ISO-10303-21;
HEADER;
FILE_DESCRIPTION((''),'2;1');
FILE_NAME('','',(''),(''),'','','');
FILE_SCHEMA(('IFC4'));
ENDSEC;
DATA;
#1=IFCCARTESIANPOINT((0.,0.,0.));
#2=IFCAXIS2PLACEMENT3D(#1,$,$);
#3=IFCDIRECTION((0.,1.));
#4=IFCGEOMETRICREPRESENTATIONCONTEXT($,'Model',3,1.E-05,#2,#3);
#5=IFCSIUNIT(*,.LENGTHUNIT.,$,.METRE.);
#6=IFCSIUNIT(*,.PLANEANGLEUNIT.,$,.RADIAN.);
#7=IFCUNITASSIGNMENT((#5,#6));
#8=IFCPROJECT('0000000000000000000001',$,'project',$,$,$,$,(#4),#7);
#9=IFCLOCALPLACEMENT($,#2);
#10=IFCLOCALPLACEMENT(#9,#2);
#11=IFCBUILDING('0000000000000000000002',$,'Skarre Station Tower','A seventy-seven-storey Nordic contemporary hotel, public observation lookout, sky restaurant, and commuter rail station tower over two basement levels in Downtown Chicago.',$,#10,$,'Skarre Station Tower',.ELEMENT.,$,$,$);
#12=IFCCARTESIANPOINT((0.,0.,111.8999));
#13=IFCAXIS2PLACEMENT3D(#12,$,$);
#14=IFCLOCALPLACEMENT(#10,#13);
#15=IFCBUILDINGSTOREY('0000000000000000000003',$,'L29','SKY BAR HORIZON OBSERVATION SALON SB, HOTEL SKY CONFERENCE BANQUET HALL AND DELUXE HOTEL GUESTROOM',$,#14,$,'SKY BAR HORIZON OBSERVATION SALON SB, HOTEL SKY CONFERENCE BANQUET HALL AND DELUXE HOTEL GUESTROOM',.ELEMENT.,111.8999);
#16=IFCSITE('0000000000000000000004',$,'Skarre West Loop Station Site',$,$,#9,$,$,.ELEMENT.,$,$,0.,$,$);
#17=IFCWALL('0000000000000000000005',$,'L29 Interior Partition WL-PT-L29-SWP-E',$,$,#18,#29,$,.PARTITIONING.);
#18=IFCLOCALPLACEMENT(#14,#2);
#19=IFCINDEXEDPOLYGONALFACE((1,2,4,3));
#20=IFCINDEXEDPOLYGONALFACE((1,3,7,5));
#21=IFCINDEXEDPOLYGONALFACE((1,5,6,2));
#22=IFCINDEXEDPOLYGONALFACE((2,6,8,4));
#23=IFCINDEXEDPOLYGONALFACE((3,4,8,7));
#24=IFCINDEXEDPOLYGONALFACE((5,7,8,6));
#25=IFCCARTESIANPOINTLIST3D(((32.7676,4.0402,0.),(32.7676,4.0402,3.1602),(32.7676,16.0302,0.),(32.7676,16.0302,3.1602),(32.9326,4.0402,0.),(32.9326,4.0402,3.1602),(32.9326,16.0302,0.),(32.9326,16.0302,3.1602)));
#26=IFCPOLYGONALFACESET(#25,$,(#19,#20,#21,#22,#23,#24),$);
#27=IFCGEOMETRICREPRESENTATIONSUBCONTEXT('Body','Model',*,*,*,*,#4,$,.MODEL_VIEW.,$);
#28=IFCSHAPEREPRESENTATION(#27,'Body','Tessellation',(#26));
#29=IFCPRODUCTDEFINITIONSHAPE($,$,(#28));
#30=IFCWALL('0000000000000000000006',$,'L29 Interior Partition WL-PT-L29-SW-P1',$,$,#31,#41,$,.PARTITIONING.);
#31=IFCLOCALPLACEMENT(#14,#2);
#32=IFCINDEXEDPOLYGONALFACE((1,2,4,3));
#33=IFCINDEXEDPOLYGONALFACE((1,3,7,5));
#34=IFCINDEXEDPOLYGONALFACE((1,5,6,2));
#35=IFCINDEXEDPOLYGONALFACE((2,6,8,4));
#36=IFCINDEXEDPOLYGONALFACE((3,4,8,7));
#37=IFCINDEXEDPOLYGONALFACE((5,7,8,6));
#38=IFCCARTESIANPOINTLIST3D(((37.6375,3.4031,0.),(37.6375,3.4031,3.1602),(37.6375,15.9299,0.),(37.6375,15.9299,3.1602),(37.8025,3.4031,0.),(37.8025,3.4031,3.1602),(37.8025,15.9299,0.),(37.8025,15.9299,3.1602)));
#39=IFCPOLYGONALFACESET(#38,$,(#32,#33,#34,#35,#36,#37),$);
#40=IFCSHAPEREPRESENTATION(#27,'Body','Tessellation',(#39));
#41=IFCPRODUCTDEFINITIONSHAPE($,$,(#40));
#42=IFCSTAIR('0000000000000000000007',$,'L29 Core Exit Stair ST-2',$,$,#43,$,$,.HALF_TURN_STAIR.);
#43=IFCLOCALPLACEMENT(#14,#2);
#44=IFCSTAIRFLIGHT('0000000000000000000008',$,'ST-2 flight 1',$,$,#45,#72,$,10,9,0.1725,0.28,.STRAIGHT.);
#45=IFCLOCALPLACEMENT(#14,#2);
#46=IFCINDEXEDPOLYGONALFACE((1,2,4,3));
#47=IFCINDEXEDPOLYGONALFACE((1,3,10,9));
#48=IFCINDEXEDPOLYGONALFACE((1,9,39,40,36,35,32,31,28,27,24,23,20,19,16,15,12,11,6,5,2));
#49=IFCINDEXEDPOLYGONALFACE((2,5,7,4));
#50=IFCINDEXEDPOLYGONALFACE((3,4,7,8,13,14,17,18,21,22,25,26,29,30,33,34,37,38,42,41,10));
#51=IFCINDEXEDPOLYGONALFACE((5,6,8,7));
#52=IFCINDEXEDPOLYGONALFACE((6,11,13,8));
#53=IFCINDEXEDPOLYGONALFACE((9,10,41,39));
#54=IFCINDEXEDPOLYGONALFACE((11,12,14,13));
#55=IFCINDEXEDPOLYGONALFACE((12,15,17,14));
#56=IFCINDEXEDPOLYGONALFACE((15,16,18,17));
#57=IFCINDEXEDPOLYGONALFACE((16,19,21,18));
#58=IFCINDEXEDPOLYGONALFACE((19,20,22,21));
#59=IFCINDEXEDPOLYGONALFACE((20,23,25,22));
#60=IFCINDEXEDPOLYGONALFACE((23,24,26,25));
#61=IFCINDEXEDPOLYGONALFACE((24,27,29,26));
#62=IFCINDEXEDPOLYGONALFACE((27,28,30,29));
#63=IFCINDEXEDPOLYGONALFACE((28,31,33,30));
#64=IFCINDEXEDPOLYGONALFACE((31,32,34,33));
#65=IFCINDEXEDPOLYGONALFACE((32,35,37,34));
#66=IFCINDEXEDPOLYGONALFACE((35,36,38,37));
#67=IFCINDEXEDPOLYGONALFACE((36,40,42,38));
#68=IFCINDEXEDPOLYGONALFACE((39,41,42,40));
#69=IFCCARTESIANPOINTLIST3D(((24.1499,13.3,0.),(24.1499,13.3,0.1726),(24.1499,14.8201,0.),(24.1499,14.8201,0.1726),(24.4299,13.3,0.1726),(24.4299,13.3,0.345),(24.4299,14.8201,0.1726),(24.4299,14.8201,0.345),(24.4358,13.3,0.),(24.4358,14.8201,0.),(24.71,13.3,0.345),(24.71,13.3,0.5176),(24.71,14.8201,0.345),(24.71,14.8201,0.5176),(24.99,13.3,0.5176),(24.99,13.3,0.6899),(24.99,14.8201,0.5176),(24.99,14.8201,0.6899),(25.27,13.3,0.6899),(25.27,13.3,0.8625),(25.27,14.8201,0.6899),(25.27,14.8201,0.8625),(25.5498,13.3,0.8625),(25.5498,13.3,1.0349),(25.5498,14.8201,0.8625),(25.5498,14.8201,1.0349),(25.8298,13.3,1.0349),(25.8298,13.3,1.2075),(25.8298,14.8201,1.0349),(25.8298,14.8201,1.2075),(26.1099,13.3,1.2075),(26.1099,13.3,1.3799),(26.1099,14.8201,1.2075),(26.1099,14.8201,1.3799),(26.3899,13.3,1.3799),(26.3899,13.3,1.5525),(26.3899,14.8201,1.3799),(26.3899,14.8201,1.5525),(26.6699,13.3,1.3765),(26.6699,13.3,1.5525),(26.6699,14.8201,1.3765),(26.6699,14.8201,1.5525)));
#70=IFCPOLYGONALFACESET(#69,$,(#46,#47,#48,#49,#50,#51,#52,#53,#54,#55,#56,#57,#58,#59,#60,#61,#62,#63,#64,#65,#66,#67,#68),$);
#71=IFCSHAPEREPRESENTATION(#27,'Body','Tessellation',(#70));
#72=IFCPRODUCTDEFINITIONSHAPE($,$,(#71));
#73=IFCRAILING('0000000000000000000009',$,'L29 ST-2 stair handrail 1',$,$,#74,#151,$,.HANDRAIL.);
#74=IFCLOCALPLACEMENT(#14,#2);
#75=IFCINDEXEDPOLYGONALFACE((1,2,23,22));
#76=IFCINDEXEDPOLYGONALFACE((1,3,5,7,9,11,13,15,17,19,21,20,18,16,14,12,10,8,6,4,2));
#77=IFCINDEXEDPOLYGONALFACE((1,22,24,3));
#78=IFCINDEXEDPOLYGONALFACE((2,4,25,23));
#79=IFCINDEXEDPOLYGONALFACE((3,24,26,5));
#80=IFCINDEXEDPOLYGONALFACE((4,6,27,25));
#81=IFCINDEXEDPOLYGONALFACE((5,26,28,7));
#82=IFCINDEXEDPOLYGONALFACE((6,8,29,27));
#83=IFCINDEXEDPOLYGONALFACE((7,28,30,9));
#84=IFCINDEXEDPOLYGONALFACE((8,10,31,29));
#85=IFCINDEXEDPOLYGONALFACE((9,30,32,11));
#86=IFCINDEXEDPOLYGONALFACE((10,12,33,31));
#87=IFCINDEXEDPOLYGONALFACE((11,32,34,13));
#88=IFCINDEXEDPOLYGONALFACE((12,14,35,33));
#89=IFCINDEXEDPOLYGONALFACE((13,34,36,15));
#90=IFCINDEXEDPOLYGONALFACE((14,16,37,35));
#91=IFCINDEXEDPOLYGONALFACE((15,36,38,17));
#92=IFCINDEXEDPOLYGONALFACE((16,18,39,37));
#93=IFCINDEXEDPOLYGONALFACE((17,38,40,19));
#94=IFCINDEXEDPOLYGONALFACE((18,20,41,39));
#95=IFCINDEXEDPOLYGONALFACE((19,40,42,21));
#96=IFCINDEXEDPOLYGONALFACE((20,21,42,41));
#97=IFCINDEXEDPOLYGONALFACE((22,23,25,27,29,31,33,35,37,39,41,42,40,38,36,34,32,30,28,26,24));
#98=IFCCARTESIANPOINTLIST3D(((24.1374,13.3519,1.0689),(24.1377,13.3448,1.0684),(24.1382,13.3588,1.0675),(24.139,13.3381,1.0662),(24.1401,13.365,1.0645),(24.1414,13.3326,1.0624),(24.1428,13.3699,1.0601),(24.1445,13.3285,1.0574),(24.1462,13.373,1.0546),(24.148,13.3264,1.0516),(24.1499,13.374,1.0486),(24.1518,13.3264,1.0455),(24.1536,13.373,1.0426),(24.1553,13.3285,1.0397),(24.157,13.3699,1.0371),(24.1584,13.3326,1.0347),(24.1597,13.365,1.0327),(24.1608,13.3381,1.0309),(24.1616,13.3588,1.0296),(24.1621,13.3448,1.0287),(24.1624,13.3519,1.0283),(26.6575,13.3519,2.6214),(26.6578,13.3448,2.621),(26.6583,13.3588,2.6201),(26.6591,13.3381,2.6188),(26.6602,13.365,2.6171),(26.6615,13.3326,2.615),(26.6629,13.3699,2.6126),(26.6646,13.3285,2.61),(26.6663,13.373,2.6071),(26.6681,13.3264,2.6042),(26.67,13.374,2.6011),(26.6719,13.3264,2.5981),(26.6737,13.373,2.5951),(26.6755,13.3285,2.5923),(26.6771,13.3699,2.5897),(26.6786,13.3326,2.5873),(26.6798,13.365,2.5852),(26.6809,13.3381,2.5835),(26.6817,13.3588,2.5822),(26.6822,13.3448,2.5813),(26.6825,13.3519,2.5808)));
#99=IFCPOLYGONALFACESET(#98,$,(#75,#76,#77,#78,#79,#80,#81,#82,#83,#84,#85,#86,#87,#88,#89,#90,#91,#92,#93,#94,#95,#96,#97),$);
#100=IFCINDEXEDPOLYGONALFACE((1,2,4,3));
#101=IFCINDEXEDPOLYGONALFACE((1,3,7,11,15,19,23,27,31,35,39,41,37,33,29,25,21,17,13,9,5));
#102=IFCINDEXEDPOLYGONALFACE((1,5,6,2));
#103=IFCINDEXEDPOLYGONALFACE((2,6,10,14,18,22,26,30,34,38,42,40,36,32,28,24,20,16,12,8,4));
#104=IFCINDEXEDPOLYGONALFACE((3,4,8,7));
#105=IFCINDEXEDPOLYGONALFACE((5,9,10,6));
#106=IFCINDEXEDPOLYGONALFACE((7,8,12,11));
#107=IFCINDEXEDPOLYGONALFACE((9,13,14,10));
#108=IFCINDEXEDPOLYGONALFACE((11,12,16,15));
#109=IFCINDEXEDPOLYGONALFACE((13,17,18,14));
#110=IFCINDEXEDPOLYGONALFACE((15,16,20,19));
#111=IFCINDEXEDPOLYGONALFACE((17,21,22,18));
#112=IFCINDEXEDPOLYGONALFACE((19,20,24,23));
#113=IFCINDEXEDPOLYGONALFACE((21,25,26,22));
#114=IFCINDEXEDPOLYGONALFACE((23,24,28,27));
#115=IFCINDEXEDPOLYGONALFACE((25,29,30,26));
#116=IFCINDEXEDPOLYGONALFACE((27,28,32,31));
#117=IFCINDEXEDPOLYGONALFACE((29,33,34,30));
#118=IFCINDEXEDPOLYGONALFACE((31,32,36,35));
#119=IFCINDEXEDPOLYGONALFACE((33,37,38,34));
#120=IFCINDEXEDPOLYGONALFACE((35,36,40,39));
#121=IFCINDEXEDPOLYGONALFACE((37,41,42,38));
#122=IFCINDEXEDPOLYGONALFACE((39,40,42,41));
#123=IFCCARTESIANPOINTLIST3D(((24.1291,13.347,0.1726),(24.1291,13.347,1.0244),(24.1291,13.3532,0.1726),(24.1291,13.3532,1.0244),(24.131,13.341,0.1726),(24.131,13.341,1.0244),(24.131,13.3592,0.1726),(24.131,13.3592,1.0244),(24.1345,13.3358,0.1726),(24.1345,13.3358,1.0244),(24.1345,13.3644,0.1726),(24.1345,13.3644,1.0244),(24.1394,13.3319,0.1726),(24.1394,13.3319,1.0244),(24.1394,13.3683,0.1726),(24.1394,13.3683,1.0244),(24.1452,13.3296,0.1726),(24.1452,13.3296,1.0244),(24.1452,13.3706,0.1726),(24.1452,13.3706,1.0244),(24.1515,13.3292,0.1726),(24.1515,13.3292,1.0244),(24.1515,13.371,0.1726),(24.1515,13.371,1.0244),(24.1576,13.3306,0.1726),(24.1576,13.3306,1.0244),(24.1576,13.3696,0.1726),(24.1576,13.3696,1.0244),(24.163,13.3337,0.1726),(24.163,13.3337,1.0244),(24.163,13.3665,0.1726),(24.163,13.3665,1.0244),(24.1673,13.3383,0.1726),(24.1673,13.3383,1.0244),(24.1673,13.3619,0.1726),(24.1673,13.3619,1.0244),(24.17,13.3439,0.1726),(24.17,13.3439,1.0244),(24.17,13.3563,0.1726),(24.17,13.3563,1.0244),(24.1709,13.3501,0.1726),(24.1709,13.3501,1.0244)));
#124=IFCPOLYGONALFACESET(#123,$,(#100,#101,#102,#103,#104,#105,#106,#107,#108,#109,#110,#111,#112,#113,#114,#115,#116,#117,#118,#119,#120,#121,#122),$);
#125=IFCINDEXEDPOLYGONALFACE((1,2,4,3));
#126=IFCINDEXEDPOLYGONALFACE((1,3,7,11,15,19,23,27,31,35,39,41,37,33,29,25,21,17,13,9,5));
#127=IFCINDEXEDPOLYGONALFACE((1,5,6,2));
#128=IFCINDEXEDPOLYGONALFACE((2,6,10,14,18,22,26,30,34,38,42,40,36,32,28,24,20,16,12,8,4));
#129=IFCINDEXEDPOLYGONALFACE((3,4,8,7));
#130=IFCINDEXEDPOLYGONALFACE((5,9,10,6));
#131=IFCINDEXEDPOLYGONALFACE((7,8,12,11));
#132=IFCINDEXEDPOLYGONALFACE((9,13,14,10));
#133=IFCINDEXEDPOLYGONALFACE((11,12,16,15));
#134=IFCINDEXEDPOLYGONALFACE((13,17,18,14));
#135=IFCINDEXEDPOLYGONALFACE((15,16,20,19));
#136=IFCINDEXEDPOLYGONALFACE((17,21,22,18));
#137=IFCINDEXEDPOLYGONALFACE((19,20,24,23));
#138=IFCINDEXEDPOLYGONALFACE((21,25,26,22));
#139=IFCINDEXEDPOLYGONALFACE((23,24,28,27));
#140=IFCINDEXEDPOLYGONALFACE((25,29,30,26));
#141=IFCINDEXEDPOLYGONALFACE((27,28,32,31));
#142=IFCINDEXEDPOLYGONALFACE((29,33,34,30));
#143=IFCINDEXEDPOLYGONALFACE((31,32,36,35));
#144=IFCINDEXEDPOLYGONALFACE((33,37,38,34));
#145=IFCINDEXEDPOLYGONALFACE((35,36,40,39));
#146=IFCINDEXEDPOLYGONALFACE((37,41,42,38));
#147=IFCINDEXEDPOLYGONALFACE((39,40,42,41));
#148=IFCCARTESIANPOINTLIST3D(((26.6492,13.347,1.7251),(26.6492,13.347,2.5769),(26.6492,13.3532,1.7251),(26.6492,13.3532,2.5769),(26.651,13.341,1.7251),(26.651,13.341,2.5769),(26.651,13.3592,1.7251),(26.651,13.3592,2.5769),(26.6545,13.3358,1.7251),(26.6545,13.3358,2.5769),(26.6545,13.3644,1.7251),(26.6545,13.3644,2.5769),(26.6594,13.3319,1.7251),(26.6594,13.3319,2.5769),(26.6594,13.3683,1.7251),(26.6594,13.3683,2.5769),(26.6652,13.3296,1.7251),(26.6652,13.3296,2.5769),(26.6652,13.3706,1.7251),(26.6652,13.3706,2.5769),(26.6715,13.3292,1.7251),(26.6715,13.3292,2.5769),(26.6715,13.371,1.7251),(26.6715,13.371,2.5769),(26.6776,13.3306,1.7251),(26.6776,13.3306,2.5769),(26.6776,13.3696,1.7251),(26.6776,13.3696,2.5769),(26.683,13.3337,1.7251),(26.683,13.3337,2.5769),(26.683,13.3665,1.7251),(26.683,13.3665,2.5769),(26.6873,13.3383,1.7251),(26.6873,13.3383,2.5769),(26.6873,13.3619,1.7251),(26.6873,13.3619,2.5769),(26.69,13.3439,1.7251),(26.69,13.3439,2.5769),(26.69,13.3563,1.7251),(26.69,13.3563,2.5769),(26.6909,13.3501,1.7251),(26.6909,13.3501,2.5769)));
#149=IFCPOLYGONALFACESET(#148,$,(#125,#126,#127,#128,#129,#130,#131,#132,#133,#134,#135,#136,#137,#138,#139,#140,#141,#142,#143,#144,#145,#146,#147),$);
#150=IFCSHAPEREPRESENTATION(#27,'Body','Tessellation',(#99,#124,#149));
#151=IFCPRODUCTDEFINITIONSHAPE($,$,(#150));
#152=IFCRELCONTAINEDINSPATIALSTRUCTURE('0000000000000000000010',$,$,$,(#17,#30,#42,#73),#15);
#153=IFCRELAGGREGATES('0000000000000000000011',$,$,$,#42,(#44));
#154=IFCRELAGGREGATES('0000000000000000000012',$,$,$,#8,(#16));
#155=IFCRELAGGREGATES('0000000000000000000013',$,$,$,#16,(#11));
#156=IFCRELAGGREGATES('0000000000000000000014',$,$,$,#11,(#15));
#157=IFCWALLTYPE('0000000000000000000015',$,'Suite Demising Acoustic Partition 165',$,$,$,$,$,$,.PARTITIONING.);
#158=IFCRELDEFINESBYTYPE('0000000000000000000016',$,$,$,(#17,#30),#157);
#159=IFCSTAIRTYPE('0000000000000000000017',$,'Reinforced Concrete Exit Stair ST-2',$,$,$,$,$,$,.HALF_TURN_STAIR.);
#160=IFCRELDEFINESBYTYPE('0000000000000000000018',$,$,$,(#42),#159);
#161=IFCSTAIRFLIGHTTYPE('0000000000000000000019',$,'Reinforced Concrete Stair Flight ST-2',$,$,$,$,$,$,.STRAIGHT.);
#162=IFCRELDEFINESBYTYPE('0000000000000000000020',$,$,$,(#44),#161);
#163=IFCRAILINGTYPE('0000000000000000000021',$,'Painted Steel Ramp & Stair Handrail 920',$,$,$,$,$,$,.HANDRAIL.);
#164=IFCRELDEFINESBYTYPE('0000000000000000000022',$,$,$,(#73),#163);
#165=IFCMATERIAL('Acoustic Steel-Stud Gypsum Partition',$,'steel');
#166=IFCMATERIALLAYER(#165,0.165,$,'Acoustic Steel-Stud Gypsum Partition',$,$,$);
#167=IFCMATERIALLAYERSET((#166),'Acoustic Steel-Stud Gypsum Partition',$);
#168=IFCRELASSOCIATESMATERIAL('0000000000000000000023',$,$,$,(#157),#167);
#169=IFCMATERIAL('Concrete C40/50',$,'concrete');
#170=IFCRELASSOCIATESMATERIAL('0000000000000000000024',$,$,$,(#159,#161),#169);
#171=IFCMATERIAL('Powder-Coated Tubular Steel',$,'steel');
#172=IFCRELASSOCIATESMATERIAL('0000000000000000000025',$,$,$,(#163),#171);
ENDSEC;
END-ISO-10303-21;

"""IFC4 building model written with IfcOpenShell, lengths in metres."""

from ifc_helpers import new_model, si_unit, direction, frame, frame_2d, origin, origin_2d, place, context, subcontext, project, spatial, polyline, rectangle, circle, outline, extrude, material, layer, layer_set, type_object, element, aggregate, save


model = new_model("IFC4")

# Units and contexts
model_context = context("Model", 3, precision=1e-05, world=origin(), true_north=direction((0.0, 1.0)))
body_context = subcontext(model_context, "Body", "Model", "MODEL_VIEW")
ifc_project = project(units=[si_unit("LENGTHUNIT", "METRE"), si_unit("PLANEANGLEUNIT", "RADIAN")], contexts=[model_context])

# Site, building, storey
site_placement = place(None, origin())
site = spatial("IfcSite", under=ifc_project, at=site_placement, Name="Skarre West Loop Station Site", CompositionType="ELEMENT", RefElevation=0.0)
building_placement = place(site_placement, origin())
building = spatial("IfcBuilding", under=site, at=building_placement, Name="Skarre Station Tower", Description="A seventy-seven-storey Nordic contemporary hotel, public observation lookout, sky restaurant, and commuter rail station tower over two basement levels in Downtown Chicago.", LongName="Skarre Station Tower", CompositionType="ELEMENT")
storey_placement = place(building_placement, frame((0.0, 0.0, 111.8999)))
storey = spatial("IfcBuildingStorey", under=building, at=storey_placement, Name="L29", Description="SKY BAR HORIZON OBSERVATION SALON SB, HOTEL SKY CONFERENCE BANQUET HALL AND DELUXE HOTEL GUESTROOM", LongName="SKY BAR HORIZON OBSERVATION SALON SB, HOTEL SKY CONFERENCE BANQUET HALL AND DELUXE HOTEL GUESTROOM", CompositionType="ELEMENT", Elevation=111.8999)

# Shared definitions
ifc_material_1 = material(Name="Acoustic Steel-Stud Gypsum Partition", Category="steel")

# Walls
ifc_layer_1 = layer(ifc_material_1, 0.165, Name="Acoustic Steel-Stud Gypsum Partition")
ifc_layer_set_1 = layer_set([ifc_layer_1], Name="Acoustic Steel-Stud Gypsum Partition")
wall_type_1 = type_object("IfcWallType", Name="Suite Demising Acoustic Partition 165", PredefinedType="PARTITIONING", material=ifc_layer_set_1)
wall_1_placement = place(storey_placement, frame((32.8501, 4.04, 0.0), z_axis=(0.0, 0.0, 1.0), x_axis=(0.0, 1.0, 0.0)))
element("IfcWall", 1, at=wall_1_placement, inside=storey, type_object=wall_type_1, Name="L29 Interior Partition WL-PT-L29-SWP-E", PredefinedType="PARTITIONING", context=body_context, shape_type="SweptSolid", body=[
    extrude(rectangle(XDim=11.99, YDim=0.165, at=frame_2d((5.9951, 0.0))), origin(), (0.0, 0.0, 1.0), 3.1602),
])
wall_2_placement = place(storey_placement, frame((37.72, 3.4031, 0.0), z_axis=(0.0, 0.0, 1.0), x_axis=(0.0, 1.0, 0.0)))
element("IfcWall", 2, at=wall_2_placement, inside=storey, type_object=wall_type_1, Name="L29 Interior Partition WL-PT-L29-SW-P1", PredefinedType="PARTITIONING", context=body_context, shape_type="SweptSolid", body=[
    extrude(rectangle(XDim=12.5269, YDim=0.165, at=frame_2d((6.2634, 0.0))), origin(), (0.0, 0.0, 1.0), 3.1602),
])

# Stair, stair flight
ifc_material_2 = material(Name="Concrete C40/50", Category="concrete")
stair_type = type_object("IfcStairType", Name="Reinforced Concrete Exit Stair ST-2", PredefinedType="HALF_TURN_STAIR", material=ifc_material_2)
stair_placement = place(storey_placement, origin())
stair = element("IfcStair", 3, at=stair_placement, inside=storey, type_object=stair_type, Name="L29 Core Exit Stair ST-2", PredefinedType="HALF_TURN_STAIR")
stair_flight_type = type_object("IfcStairFlightType", Name="Reinforced Concrete Stair Flight ST-2", PredefinedType="STRAIGHT", material=ifc_material_2)
stair_flight_placement = place(storey_placement, frame((24.1499, 14.0601, 0.0), z_axis=(0.0, 0.0, 1.0), x_axis=(1.0, 0.0, 0.0)))
stair_flight = element("IfcStairFlight", 4, at=stair_flight_placement, type_object=stair_flight_type, Name="ST-2 flight 1", NumberOfRisers=10, NumberOfTreads=9, PredefinedType="STRAIGHT", RiserHeight=0.1725, TreadLength=0.28, context=body_context, shape_type="SweptSolid", body=[
    extrude(outline(polyline([(0.0, 0.0), (0.0, 0.1726), (0.28, 0.1726), (0.28, 0.345), (0.5601, 0.345), (0.5601, 0.5176), (0.8401, 0.5176), (0.8401, 0.6899), (1.1201, 0.6899), (1.1201, 0.8625), (1.3999, 0.8625), (1.3999, 1.0349), (1.6799, 1.0349), (1.6799, 1.2075), (1.96, 1.2075), (1.96, 1.3799), (2.24, 1.3799), (2.24, 1.5525), (2.52, 1.5525), (2.52, 1.7251), (2.52, 1.3765), (0.2859, 0.0), (0.0, 0.0)])), frame((0.0, 0.76, 0.0), z_axis=(0.0, -1.0, 0.0), x_axis=(1.0, 0.0, 0.0)), (0.0, 0.0, 1.0), 1.52),
])
aggregate(stair, [stair_flight])

# Railing
ifc_material_3 = material(Name="Powder-Coated Tubular Steel", Category="steel")
railing_type = type_object("IfcRailingType", Name="Painted Steel Ramp & Stair Handrail 920", PredefinedType="HANDRAIL", material=ifc_material_3)
railing_placement = place(storey_placement, frame((24.1499, 13.3501, 0.1726)))
element("IfcRailing", 5, at=railing_placement, inside=storey, type_object=railing_type, Name="L29 ST-2 stair handrail 1", PredefinedType="HANDRAIL", context=body_context, shape_type="SweptSolid", body=[
    extrude(circle(Radius=0.0239, at=origin_2d()), frame((0.0, 0.0, 0.876), z_axis=(0.8514, 0.0, 0.524516), x_axis=(0.0, 1.0, 0.0)), (0.0, 0.0, 1.0), 2.96),
    extrude(circle(Radius=0.021, at=origin_2d()), origin(), (0.0, 0.0, 1.0), 0.8518),
    extrude(circle(Radius=0.021, at=origin_2d()), frame((2.52, 0.0, 1.5525)), (0.0, 0.0, 1.0), 0.8518),
])

save(model, "model.ifc")
